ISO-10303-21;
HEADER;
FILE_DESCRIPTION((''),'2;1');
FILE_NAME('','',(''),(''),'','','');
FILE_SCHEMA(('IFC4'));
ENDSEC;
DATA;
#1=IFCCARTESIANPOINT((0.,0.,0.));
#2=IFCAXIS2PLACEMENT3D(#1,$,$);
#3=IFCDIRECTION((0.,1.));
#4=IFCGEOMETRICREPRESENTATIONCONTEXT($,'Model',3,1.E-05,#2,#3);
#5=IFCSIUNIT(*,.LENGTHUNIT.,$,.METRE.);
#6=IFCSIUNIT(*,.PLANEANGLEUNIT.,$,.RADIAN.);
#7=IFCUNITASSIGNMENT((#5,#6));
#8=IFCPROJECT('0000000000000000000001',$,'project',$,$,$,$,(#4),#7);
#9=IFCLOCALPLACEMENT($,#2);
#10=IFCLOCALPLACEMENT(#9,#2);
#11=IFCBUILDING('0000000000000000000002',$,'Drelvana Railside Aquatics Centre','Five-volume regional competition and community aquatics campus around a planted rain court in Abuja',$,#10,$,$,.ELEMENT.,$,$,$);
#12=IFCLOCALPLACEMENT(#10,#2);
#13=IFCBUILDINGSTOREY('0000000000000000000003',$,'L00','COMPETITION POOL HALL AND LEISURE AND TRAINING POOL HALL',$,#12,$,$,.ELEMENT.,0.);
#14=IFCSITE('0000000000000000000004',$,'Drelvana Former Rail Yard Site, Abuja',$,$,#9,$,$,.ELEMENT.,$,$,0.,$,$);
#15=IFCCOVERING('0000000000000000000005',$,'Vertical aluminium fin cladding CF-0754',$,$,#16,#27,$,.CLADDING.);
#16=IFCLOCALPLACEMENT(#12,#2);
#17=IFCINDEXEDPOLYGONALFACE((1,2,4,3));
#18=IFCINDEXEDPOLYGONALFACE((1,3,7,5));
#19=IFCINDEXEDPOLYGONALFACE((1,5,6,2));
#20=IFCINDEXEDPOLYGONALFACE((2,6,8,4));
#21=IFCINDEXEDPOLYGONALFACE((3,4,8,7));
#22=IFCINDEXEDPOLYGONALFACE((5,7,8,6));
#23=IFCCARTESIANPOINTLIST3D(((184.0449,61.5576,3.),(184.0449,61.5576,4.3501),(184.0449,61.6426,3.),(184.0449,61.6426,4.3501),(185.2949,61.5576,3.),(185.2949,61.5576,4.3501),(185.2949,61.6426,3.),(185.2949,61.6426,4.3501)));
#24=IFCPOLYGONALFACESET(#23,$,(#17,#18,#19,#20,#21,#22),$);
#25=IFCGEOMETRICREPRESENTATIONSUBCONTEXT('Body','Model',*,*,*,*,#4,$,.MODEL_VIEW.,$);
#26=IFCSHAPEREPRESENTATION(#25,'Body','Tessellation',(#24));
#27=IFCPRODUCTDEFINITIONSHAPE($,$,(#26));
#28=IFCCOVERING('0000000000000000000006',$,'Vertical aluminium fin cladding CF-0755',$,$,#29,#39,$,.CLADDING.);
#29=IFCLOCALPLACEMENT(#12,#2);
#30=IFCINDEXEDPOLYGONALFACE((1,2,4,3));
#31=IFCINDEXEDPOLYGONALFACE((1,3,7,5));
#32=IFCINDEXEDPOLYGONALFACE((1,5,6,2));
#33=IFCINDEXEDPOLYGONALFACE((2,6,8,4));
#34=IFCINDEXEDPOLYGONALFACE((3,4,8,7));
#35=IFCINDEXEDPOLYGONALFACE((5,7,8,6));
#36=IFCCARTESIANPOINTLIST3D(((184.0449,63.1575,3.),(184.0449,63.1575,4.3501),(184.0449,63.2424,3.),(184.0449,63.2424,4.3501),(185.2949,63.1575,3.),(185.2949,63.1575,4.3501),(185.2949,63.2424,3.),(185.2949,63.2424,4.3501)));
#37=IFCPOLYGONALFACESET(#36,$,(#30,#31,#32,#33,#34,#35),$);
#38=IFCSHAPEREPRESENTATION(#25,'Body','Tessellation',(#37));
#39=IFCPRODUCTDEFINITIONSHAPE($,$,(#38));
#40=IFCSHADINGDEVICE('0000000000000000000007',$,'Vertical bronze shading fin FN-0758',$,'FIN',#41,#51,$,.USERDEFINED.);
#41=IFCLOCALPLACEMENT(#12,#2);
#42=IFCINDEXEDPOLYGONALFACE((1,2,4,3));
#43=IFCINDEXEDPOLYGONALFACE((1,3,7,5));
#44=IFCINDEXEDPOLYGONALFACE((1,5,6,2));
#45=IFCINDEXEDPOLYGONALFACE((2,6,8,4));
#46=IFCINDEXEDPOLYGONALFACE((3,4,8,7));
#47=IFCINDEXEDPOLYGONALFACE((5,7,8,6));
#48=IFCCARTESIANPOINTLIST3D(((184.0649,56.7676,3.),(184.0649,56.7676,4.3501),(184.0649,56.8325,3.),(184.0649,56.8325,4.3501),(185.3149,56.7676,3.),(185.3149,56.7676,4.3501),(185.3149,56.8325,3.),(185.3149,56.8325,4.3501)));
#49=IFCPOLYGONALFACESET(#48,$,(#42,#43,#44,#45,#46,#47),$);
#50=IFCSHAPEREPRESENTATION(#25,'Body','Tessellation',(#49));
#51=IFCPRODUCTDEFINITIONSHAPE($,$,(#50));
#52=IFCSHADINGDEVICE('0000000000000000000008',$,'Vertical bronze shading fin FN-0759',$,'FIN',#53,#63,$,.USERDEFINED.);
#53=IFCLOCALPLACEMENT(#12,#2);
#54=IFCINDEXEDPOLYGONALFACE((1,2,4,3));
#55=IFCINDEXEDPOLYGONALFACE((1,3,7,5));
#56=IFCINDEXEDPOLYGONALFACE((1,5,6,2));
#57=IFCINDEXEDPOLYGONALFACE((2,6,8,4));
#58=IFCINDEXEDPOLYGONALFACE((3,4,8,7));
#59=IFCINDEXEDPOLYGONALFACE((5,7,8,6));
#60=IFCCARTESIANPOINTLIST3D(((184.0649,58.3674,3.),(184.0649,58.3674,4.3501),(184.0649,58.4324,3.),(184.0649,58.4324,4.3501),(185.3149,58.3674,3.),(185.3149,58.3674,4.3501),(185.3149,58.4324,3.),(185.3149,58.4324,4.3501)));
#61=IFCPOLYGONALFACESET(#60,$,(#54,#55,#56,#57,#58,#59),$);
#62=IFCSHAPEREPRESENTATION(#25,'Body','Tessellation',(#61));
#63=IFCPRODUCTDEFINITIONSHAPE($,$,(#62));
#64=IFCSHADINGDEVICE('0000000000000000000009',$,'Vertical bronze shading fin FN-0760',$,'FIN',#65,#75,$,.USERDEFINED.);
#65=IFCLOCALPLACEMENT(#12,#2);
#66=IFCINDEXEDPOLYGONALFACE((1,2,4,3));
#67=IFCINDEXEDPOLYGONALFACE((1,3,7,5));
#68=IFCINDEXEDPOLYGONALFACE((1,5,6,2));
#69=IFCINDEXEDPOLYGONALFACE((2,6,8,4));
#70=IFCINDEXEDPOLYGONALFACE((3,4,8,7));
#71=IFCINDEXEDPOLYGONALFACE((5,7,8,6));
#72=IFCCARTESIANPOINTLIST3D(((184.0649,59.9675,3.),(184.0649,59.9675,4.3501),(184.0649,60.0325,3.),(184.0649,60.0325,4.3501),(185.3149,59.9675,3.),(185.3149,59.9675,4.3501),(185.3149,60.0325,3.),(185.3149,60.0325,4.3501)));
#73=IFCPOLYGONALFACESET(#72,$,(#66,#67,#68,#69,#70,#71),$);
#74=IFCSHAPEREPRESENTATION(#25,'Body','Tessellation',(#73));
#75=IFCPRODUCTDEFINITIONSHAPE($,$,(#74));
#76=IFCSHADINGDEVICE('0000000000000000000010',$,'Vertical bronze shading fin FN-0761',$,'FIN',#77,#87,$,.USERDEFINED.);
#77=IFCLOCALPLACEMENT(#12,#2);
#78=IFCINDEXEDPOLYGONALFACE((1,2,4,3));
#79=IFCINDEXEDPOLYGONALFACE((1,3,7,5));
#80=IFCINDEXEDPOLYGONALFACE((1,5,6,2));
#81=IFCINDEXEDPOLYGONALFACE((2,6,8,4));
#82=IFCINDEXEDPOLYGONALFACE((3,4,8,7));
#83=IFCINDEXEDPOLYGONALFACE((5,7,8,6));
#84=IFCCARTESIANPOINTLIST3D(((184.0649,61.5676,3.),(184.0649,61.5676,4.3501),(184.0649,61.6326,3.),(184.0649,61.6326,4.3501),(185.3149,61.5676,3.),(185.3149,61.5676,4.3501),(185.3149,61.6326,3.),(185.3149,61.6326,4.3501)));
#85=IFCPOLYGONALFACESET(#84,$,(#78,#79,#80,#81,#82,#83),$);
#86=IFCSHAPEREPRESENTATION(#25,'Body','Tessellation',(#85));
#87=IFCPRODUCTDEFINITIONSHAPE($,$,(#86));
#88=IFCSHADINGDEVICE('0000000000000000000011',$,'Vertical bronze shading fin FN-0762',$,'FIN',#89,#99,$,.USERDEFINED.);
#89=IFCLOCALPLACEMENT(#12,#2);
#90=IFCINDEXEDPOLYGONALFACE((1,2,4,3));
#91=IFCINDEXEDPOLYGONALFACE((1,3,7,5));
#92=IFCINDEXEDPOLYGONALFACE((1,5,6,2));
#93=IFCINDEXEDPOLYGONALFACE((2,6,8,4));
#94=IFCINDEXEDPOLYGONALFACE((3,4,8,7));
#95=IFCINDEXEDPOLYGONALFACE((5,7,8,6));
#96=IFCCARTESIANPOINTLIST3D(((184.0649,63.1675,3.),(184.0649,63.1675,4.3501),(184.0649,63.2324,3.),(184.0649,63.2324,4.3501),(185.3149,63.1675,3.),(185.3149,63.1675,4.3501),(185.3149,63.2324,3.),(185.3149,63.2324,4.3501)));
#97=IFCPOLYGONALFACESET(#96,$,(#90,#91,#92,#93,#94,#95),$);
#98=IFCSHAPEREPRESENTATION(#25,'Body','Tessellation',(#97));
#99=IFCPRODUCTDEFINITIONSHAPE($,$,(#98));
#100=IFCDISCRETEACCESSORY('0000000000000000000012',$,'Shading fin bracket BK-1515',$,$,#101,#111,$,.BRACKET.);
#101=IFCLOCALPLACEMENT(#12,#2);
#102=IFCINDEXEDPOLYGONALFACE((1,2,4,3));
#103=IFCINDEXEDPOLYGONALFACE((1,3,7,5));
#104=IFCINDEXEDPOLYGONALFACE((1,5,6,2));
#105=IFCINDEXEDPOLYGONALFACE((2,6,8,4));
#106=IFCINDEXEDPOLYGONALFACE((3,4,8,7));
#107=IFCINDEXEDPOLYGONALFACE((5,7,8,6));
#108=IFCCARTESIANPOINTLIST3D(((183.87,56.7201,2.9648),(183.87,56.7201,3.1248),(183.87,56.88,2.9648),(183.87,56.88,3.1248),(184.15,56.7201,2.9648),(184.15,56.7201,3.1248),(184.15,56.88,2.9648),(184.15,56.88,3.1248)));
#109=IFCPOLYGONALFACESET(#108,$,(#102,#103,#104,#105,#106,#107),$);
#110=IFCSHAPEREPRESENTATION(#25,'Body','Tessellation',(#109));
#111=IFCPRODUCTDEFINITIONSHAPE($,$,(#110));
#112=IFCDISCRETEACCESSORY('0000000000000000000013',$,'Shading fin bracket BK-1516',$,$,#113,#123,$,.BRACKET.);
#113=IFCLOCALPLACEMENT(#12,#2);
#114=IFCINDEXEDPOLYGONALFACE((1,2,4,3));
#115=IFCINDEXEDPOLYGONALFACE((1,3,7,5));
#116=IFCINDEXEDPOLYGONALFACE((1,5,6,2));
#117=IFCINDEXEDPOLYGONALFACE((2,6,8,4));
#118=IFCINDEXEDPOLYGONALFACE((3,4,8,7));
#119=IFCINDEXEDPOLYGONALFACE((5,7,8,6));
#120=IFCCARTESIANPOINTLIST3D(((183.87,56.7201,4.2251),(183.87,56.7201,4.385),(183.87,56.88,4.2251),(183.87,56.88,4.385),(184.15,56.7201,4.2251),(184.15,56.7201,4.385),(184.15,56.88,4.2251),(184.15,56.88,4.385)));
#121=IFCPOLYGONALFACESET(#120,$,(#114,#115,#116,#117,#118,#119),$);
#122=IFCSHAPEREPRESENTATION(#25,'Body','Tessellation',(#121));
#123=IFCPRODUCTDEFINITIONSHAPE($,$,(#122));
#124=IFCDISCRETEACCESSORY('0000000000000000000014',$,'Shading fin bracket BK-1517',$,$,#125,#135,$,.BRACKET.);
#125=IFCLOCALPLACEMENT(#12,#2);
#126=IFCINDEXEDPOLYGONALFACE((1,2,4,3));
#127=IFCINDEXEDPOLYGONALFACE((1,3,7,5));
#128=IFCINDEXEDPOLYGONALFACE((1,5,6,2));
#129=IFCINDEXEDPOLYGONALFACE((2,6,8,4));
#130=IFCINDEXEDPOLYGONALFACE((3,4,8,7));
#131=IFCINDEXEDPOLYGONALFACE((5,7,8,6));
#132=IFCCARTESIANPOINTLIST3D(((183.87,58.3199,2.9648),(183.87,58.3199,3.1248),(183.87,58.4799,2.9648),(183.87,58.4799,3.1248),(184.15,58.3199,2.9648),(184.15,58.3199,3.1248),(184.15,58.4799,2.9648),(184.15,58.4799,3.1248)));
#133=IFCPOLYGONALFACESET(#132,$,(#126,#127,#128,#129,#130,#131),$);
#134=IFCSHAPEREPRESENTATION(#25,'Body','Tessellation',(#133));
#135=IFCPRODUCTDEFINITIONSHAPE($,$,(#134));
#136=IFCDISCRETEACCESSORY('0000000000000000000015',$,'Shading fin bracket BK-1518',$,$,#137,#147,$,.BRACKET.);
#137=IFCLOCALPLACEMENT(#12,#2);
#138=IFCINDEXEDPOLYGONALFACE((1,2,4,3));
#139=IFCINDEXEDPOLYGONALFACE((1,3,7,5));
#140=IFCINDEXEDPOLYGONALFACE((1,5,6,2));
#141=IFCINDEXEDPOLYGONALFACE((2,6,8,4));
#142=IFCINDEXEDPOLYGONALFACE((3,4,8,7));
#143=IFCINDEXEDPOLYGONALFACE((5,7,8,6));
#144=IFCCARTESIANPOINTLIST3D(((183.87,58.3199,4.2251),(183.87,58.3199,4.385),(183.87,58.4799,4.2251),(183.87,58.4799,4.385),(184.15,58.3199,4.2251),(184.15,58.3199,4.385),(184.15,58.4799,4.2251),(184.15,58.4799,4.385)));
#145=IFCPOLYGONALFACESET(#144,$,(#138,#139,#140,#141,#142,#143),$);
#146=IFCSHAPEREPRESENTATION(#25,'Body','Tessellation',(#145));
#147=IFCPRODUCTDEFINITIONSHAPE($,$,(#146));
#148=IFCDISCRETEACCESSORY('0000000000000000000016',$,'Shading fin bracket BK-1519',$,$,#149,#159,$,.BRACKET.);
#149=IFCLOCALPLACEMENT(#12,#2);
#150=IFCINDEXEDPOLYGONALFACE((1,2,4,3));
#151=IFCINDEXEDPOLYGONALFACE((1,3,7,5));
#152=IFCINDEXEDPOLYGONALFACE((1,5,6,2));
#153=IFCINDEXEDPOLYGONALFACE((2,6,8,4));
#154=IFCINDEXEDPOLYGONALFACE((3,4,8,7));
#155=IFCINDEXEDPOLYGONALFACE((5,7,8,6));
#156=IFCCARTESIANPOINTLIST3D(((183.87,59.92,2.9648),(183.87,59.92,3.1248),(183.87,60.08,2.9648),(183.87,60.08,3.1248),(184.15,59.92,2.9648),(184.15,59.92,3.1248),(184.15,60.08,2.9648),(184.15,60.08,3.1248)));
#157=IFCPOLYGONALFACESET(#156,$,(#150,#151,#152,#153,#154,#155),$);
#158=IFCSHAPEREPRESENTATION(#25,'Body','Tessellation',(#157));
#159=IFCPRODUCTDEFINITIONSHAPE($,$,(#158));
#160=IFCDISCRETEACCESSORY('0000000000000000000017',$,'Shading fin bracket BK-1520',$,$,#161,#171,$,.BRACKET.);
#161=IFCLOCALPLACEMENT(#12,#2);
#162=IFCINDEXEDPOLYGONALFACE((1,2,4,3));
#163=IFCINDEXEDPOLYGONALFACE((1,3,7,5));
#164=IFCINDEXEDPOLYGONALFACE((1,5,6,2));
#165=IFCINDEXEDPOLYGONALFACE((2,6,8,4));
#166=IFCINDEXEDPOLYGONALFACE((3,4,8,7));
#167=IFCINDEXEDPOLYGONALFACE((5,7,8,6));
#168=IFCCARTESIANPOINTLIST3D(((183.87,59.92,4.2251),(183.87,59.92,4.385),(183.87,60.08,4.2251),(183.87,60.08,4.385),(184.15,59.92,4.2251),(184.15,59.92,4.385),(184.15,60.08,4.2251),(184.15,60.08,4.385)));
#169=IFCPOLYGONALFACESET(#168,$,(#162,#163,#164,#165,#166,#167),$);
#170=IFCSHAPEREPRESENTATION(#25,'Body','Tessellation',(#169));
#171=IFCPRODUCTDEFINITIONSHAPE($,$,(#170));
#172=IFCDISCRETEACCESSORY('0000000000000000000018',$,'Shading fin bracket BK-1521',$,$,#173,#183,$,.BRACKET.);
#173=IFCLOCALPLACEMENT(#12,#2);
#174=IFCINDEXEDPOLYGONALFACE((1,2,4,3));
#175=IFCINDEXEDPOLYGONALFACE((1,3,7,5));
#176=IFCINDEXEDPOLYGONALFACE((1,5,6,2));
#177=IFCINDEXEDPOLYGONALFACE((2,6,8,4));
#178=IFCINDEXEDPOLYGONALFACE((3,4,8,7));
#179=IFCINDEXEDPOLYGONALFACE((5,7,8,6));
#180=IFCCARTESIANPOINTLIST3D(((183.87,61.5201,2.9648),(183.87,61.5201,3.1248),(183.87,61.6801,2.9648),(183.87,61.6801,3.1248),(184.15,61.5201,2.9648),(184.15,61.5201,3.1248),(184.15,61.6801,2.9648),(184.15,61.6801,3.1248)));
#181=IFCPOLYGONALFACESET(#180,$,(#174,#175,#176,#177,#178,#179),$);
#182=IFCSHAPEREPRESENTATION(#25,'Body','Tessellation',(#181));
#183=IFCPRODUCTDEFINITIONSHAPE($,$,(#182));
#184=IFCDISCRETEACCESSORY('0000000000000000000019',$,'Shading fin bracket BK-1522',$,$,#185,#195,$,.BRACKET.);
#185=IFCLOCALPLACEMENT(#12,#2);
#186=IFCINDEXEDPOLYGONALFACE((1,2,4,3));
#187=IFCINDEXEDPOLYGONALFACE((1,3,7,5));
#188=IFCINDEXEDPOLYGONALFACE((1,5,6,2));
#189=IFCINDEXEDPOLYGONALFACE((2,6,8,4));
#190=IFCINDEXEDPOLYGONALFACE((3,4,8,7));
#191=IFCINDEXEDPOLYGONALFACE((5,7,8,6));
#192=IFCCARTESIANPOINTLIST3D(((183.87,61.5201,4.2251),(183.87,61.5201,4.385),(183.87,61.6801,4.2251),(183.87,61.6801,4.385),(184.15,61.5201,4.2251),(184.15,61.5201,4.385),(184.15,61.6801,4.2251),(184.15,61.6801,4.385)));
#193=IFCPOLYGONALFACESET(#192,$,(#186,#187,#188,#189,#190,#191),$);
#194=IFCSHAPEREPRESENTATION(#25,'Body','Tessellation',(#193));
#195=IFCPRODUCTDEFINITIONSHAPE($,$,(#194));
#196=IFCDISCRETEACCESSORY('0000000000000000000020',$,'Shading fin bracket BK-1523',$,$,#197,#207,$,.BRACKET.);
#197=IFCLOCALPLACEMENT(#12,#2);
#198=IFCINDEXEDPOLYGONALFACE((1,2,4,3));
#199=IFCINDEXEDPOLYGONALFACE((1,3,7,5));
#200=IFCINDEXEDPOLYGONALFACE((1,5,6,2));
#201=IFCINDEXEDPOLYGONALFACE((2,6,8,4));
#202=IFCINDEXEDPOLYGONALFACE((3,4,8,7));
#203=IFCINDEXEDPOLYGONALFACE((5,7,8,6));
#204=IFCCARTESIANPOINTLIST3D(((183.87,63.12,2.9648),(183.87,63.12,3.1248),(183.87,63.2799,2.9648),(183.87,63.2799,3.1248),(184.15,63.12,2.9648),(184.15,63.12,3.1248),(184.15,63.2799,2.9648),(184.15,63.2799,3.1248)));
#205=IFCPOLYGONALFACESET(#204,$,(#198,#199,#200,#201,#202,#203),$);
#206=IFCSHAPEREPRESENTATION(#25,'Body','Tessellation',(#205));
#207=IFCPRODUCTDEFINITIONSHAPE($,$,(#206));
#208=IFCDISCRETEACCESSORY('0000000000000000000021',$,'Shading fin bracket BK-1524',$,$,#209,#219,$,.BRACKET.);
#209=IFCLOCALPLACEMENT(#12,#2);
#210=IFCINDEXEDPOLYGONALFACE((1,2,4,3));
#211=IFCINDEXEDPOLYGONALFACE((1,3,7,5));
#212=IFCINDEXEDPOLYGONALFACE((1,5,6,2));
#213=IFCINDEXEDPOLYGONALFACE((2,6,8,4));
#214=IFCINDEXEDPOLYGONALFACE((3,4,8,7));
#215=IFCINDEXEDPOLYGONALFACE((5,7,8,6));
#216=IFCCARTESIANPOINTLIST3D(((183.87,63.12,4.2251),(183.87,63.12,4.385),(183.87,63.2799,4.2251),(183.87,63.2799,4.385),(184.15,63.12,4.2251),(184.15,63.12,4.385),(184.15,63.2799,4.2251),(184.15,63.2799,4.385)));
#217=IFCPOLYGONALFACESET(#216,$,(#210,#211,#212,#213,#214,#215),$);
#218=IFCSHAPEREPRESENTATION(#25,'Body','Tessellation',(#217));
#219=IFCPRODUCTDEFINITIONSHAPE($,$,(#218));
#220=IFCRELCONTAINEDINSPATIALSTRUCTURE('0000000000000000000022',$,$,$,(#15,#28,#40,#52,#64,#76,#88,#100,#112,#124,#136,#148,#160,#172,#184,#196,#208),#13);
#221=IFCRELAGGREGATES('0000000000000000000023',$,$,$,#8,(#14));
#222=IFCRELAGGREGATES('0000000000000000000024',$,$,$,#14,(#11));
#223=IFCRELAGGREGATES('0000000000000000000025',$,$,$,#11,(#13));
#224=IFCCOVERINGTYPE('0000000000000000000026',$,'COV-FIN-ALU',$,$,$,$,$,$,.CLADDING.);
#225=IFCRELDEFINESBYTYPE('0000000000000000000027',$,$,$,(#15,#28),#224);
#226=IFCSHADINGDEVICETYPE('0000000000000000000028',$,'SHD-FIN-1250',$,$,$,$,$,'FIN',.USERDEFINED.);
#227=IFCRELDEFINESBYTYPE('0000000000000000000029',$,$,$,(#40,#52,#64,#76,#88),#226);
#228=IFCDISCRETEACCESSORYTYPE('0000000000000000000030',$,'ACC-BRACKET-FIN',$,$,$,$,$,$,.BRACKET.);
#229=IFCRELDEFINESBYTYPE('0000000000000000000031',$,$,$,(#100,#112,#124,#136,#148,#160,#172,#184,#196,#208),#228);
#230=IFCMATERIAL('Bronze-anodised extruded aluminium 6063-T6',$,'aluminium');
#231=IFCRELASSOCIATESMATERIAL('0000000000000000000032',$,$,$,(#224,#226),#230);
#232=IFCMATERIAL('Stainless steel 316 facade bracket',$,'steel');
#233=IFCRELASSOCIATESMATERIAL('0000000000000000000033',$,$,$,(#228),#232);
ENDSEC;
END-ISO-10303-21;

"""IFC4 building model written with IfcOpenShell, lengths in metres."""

from ifc_helpers import new_model, si_unit, direction, frame, origin, origin_2d, place, context, subcontext, project, spatial, rectangle, extrude, material, type_object, element, save


model = new_model("IFC4")

# Units and contexts
model_context = context("Model", 3, precision=1e-05, world=origin(), true_north=direction((0.0, 1.0)))
body_context = subcontext(model_context, "Body", "Model", "MODEL_VIEW")
ifc_project = project(units=[si_unit("LENGTHUNIT", "METRE"), si_unit("PLANEANGLEUNIT", "RADIAN")], contexts=[model_context])

# Site, building, storey
site_placement = place(None, origin())
site = spatial("IfcSite", under=ifc_project, at=site_placement, Name="Drelvana Former Rail Yard Site, Abuja", CompositionType="ELEMENT", RefElevation=0.0)
building_placement = place(site_placement, origin())
building = spatial("IfcBuilding", under=site, at=building_placement, Name="Drelvana Railside Aquatics Centre", Description="Five-volume regional competition and community aquatics campus around a planted rain court in Abuja", CompositionType="ELEMENT")
storey_placement = place(building_placement, origin())
storey = spatial("IfcBuildingStorey", under=building, at=storey_placement, Name="L00", Description="COMPETITION POOL HALL AND LEISURE AND TRAINING POOL HALL", CompositionType="ELEMENT", Elevation=0.0)

# Coverings
ifc_material_1 = material(Name="Bronze-anodised extruded aluminium 6063-T6", Category="aluminium")
covering_type = type_object("IfcCoveringType", Name="COV-FIN-ALU", PredefinedType="CLADDING", material=ifc_material_1)
for number, where, z_axis, x_axis, name in (
    (1, (184.6699, 61.6001, 3.0), (0.0, 0.0, 1.0), (0.0, -1.0, 0.0), "Vertical aluminium fin cladding CF-0754"),
    (2, (184.6699, 63.2, 3.0), (0.0, 0.0, 1.0), (0.0, -1.0, 0.0), "Vertical aluminium fin cladding CF-0755"),
):
    element("IfcCovering", number, at=place(storey_placement, frame(where, z_axis=z_axis, x_axis=x_axis)), inside=storey, type_object=covering_type, Name=name, PredefinedType="CLADDING", context=body_context, shape_type="SweptSolid", body=[
        extrude(rectangle(XDim=0.085, YDim=1.25, at=origin_2d()), origin(), (0.0, 0.0, 1.0), 1.3501),
    ])

# Shading devices
shading_device_type = type_object("IfcShadingDeviceType", Name="SHD-FIN-1250", ElementType="FIN", PredefinedType="USERDEFINED", material=ifc_material_1)
for number, where, z_axis, x_axis, name in (
    (3, (184.6899, 56.8, 3.0), (0.0, 0.0, 1.0), (1.0, 0.0, 0.0), "Vertical bronze shading fin FN-0758"),
    (4, (184.6899, 58.3999, 3.0), (0.0, 0.0, 1.0), (1.0, 0.0, 0.0), "Vertical bronze shading fin FN-0759"),
    (5, (184.6899, 60.0, 3.0), (0.0, 0.0, 1.0), (1.0, 0.0, 0.0), "Vertical bronze shading fin FN-0760"),
    (6, (184.6899, 61.6001, 3.0), (0.0, 0.0, 1.0), (1.0, 0.0, 0.0), "Vertical bronze shading fin FN-0761"),
    (7, (184.6899, 63.2, 3.0), (0.0, 0.0, 1.0), (1.0, 0.0, 0.0), "Vertical bronze shading fin FN-0762"),
):
    element("IfcShadingDevice", number, at=place(storey_placement, frame(where, z_axis=z_axis, x_axis=x_axis)), inside=storey, type_object=shading_device_type, Name=name, ObjectType="FIN", PredefinedType="USERDEFINED", context=body_context, shape_type="SweptSolid", body=[
        extrude(rectangle(XDim=1.25, YDim=0.0649, at=origin_2d()), origin(), (0.0, 0.0, 1.0), 1.3501),
    ])

# Discrete accessories
ifc_material_2 = material(Name="Stainless steel 316 facade bracket", Category="steel")
discrete_accessory_type = type_object("IfcDiscreteAccessoryType", Name="ACC-BRACKET-FIN", PredefinedType="BRACKET", material=ifc_material_2)
for number, where, z_axis, x_axis, name in (
    (8, (184.01, 56.8, 2.9648), (0.0, 0.0, 1.0), (1.0, 0.0, 0.0), "Shading fin bracket BK-1515"),
    (9, (184.01, 56.8, 4.2251), (0.0, 0.0, 1.0), (1.0, 0.0, 0.0), "Shading fin bracket BK-1516"),
    (10, (184.01, 58.3999, 2.9648), (0.0, 0.0, 1.0), (1.0, 0.0, 0.0), "Shading fin bracket BK-1517"),
    (11, (184.01, 58.3999, 4.2251), (0.0, 0.0, 1.0), (1.0, 0.0, 0.0), "Shading fin bracket BK-1518"),
    (12, (184.01, 60.0, 2.9648), (0.0, 0.0, 1.0), (1.0, 0.0, 0.0), "Shading fin bracket BK-1519"),
    (13, (184.01, 60.0, 4.2251), (0.0, 0.0, 1.0), (1.0, 0.0, 0.0), "Shading fin bracket BK-1520"),
    (14, (184.01, 61.6001, 2.9648), (0.0, 0.0, 1.0), (1.0, 0.0, 0.0), "Shading fin bracket BK-1521"),
    (15, (184.01, 61.6001, 4.2251), (0.0, 0.0, 1.0), (1.0, 0.0, 0.0), "Shading fin bracket BK-1522"),
    (16, (184.01, 63.2, 2.9648), (0.0, 0.0, 1.0), (1.0, 0.0, 0.0), "Shading fin bracket BK-1523"),
    (17, (184.01, 63.2, 4.2251), (0.0, 0.0, 1.0), (1.0, 0.0, 0.0), "Shading fin bracket BK-1524"),
):
    element("IfcDiscreteAccessory", number, at=place(storey_placement, frame(where, z_axis=z_axis, x_axis=x_axis)), inside=storey, type_object=discrete_accessory_type, Name=name, PredefinedType="BRACKET", context=body_context, shape_type="SweptSolid", body=[
        extrude(rectangle(XDim=0.28, YDim=0.1599, at=origin_2d()), origin(), (0.0, 0.0, 1.0), 0.1599),
    ])

save(model, "model.ifc")
